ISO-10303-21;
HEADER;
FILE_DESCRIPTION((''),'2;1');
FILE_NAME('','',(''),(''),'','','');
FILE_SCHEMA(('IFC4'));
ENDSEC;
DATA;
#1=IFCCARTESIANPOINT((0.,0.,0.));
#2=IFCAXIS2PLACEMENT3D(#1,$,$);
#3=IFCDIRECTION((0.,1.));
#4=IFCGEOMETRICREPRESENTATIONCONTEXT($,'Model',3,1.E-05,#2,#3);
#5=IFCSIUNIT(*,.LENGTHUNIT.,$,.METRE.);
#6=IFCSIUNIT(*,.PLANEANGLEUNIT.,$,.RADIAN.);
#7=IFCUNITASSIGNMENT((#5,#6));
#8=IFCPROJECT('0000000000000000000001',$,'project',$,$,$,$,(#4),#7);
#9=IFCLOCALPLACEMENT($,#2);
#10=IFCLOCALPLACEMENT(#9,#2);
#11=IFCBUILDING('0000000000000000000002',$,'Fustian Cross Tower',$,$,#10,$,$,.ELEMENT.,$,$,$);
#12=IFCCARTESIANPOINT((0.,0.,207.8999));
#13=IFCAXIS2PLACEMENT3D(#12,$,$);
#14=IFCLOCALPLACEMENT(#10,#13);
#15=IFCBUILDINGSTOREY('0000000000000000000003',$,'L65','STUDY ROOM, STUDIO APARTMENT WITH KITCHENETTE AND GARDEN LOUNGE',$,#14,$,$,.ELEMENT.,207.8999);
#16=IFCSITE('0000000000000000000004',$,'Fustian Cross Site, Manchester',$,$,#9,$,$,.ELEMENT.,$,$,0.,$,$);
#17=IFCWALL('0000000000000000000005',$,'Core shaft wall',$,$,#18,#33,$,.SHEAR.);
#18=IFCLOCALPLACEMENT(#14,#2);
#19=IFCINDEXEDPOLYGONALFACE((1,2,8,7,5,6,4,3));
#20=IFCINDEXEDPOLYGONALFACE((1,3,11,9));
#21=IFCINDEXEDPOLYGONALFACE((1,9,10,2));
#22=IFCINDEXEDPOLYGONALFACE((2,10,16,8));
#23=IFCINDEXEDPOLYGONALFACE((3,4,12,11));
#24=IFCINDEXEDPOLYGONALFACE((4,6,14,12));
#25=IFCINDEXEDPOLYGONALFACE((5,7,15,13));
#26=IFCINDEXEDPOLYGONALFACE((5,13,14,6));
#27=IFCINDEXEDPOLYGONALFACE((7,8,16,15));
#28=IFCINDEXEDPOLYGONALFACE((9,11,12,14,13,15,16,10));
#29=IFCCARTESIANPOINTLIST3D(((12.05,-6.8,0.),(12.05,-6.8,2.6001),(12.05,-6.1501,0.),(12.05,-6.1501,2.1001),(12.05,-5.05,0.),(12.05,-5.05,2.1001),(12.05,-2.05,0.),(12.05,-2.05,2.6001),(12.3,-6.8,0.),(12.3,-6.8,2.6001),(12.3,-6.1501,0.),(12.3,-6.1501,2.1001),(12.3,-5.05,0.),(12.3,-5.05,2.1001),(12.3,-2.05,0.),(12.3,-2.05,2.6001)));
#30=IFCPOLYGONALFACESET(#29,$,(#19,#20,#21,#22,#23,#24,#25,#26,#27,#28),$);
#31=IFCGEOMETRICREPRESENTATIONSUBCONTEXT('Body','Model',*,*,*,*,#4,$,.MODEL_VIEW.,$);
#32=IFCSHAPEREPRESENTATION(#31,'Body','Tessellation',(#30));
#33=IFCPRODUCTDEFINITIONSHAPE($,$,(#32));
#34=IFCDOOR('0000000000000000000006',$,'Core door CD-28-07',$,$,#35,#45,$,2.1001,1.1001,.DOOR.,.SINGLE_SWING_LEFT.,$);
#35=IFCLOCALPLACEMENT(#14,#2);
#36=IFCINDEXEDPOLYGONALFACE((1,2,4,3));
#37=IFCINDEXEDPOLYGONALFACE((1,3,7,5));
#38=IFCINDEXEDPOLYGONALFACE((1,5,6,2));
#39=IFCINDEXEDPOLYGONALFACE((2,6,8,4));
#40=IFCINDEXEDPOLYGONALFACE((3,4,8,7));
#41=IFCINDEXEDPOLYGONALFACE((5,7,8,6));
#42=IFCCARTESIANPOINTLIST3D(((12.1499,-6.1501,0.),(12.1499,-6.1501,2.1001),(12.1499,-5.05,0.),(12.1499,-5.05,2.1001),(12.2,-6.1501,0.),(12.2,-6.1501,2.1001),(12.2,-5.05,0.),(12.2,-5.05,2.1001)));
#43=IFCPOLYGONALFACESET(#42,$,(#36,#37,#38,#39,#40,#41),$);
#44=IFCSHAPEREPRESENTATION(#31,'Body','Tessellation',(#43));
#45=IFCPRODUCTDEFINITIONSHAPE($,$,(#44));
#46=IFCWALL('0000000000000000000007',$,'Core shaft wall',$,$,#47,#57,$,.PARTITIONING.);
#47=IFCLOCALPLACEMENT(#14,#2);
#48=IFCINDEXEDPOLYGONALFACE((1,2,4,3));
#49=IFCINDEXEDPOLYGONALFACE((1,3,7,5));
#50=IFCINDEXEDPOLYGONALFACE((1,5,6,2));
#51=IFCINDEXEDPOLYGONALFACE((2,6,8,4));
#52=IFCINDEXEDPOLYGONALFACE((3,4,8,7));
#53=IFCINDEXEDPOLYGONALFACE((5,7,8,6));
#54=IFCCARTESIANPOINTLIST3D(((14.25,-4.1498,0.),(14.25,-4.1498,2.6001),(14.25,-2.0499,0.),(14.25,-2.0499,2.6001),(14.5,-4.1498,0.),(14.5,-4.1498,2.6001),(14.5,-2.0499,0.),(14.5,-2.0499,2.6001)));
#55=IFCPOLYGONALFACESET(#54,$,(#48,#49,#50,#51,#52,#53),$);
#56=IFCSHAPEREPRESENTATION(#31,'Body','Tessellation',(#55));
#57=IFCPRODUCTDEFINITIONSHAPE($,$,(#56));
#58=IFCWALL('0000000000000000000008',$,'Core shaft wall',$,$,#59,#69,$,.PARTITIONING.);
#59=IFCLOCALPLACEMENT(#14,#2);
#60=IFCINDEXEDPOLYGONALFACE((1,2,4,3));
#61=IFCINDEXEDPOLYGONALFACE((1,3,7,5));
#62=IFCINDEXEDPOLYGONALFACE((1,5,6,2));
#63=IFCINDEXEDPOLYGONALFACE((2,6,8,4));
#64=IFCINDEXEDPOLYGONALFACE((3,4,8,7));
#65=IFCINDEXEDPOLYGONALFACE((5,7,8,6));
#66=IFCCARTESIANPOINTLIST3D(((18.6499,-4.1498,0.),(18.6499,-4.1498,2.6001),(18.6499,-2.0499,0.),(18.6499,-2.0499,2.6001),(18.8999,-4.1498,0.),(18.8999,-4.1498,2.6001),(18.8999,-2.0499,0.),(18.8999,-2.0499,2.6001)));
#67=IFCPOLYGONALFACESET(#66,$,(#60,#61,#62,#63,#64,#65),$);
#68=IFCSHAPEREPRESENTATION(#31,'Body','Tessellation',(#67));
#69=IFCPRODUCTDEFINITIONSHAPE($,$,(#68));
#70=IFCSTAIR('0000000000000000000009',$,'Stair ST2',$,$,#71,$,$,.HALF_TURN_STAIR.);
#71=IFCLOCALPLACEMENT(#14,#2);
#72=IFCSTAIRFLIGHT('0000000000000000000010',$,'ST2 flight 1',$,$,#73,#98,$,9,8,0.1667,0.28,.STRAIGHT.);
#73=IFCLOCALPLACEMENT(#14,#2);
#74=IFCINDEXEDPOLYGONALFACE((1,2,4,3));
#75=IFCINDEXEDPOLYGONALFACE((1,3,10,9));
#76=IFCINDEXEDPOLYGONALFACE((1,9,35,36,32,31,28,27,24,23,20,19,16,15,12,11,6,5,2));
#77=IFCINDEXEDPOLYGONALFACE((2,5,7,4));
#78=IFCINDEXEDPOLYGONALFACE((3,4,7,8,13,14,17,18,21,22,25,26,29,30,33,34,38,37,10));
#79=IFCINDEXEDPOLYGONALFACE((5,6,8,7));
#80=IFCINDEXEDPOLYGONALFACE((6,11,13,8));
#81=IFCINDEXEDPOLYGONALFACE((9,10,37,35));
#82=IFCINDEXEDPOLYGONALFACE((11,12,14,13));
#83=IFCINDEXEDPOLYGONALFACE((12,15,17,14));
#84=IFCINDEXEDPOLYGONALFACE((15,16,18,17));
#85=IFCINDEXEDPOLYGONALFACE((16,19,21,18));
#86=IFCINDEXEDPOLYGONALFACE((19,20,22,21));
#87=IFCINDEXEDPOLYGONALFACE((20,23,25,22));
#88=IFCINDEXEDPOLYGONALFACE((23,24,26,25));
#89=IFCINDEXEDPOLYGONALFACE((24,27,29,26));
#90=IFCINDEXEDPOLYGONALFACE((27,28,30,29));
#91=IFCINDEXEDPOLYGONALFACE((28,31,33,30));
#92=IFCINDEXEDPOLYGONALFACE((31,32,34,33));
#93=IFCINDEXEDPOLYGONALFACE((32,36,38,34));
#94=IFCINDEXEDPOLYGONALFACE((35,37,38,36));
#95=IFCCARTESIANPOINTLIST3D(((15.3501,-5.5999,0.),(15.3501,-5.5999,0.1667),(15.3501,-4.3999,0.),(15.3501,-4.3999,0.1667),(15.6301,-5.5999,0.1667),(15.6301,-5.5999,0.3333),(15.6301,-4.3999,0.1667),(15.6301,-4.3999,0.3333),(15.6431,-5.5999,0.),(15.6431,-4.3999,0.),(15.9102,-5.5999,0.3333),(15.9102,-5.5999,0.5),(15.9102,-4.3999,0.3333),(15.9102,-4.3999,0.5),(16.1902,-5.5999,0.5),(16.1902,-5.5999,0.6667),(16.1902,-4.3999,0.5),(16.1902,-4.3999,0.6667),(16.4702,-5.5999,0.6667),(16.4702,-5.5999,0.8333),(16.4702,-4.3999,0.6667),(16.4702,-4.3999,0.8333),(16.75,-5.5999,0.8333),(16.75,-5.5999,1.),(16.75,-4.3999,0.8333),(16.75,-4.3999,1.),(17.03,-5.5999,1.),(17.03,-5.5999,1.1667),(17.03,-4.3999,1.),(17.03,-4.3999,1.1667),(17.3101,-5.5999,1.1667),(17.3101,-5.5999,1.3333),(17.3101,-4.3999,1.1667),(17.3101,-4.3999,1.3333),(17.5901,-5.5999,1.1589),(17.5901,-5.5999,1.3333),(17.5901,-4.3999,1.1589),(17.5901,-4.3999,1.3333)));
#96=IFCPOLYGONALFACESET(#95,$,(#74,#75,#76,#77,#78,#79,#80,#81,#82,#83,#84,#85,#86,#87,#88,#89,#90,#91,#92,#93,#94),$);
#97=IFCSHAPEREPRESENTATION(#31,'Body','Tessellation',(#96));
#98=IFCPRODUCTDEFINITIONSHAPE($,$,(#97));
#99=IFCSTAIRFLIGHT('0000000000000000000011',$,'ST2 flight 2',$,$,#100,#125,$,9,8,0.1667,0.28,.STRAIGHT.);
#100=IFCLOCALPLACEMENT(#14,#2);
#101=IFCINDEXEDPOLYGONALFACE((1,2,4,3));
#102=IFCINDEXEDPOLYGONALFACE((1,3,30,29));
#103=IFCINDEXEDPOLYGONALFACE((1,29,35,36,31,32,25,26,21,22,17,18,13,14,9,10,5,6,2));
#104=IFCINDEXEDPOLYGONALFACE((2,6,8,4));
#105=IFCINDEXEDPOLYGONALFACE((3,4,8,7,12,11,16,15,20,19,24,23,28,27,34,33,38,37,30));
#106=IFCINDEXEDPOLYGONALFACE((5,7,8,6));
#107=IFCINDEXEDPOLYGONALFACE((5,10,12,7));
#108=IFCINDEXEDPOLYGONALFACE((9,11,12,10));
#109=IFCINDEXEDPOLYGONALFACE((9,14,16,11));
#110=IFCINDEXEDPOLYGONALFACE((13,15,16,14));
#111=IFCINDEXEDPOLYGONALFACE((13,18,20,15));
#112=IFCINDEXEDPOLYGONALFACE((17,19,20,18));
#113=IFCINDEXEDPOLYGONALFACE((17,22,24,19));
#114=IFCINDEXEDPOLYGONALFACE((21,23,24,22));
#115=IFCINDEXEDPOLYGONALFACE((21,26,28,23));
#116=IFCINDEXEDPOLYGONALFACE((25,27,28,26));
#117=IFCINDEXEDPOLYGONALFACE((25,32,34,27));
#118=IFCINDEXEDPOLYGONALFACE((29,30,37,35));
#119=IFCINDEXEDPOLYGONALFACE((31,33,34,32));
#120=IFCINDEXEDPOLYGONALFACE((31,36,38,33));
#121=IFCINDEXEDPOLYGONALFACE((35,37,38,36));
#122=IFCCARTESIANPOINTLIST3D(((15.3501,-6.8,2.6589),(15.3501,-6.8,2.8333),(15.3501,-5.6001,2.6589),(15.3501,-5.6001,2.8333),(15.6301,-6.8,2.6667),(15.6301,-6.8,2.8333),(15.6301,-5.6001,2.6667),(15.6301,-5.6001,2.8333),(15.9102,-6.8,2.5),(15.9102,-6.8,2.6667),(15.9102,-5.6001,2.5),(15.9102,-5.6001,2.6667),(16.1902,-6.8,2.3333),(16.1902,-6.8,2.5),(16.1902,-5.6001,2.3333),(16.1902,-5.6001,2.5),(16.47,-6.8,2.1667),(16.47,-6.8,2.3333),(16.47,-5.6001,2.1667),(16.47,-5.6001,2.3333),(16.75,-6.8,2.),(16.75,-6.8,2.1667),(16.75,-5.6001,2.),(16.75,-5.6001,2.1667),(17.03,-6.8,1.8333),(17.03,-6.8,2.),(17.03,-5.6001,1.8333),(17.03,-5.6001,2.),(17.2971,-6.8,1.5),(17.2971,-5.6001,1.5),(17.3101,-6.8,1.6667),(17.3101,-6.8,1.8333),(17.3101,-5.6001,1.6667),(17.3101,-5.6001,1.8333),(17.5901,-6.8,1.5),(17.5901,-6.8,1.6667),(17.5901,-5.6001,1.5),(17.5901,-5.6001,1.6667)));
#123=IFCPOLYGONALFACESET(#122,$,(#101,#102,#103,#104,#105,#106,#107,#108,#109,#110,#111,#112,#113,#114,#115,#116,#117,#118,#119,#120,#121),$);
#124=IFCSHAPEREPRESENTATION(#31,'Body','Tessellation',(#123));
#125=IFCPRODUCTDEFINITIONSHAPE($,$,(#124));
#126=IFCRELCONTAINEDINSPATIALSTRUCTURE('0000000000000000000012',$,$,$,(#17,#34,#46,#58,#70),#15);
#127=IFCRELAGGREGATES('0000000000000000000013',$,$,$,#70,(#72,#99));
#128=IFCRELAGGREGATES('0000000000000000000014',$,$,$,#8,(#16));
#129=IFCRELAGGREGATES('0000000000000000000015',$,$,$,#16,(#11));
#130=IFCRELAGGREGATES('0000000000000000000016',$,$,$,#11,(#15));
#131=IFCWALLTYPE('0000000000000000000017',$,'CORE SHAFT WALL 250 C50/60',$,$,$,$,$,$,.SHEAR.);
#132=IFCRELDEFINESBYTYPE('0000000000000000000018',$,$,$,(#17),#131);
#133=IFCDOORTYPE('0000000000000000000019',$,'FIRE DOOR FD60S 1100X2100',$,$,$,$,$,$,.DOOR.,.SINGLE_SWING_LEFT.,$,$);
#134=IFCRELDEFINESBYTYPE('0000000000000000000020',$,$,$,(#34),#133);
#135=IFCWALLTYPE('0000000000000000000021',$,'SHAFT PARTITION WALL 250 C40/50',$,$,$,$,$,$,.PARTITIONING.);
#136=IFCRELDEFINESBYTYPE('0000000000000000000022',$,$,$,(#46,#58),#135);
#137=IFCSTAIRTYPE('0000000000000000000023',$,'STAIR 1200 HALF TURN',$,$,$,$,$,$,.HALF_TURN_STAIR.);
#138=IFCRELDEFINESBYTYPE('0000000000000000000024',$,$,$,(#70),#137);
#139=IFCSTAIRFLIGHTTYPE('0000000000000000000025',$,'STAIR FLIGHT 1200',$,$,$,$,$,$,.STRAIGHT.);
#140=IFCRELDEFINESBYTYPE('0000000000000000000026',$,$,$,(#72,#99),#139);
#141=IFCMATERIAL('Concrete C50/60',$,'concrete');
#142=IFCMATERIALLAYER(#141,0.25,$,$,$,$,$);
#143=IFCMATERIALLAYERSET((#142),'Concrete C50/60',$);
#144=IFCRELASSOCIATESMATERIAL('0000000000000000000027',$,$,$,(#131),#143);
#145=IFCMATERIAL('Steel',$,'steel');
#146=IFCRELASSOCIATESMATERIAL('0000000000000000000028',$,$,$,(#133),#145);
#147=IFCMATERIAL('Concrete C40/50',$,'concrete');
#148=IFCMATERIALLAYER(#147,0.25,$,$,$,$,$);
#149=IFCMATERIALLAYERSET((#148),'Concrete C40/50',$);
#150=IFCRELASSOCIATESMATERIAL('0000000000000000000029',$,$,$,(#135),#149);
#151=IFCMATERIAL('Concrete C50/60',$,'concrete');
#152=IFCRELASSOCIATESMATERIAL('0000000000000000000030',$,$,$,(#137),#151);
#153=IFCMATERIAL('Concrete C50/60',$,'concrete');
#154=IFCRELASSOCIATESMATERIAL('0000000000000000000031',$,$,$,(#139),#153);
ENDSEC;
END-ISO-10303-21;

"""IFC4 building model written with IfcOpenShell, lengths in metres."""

from ifc_helpers import new_model, si_unit, direction, frame, frame_2d, origin, place, context, subcontext, project, spatial, polyline, rectangle, outline, extrude, material, layer, layer_set, type_object, element, fill, aggregate, save


model = new_model("IFC4")

# Units and contexts
model_context = context("Model", 3, precision=1e-05, world=origin(), true_north=direction((0.0, 1.0)))
body_context = subcontext(model_context, "Body", "Model", "MODEL_VIEW")
ifc_project = project(units=[si_unit("LENGTHUNIT", "METRE"), si_unit("PLANEANGLEUNIT", "RADIAN")], contexts=[model_context])

# Site, building, storey
site_placement = place(None, origin())
site = spatial("IfcSite", under=ifc_project, at=site_placement, Name="Fustian Cross Site, Manchester", CompositionType="ELEMENT", RefElevation=0.0)
building_placement = place(site_placement, origin())
building = spatial("IfcBuilding", under=site, at=building_placement, Name="Fustian Cross Tower", CompositionType="ELEMENT")
storey_placement = place(building_placement, frame((0.0, 0.0, 207.8999)))
storey = spatial("IfcBuildingStorey", under=building, at=storey_placement, Name="L65", Description="STUDY ROOM, STUDIO APARTMENT WITH KITCHENETTE AND GARDEN LOUNGE", CompositionType="ELEMENT", Elevation=207.8999)

# Shared definitions
ifc_material_1 = material(Name="Concrete C50/60", Category="concrete")
ifc_layer_1 = layer(ifc_material_1, 0.25)
ifc_layer_set_1 = layer_set([ifc_layer_1], Name="Concrete C50/60")
wall_type_1 = type_object("IfcWallType", Name="CORE SHAFT WALL 250 C50/60", PredefinedType="SHEAR", material=ifc_layer_set_1)

# Wall, opening, door
wall_1_placement = place(storey_placement, frame((12.175, -2.05, 0.0), z_axis=(0.0, 0.0, 1.0), x_axis=(0.0, -1.0, 0.0)))
wall_1 = element("IfcWall", 1, at=wall_1_placement, inside=storey, type_object=wall_type_1, Name="Core shaft wall", PredefinedType="SHEAR", context=body_context, shape_type="SweptSolid", body=[
    extrude(rectangle(XDim=4.75, YDim=0.25, at=frame_2d((2.375, 0.0))), origin(), (0.0, 0.0, 1.0), 2.6001),
])
opening_1_placement = place(wall_1_placement, frame((3.0, 0.0, 0.0)))
opening_1 = element("IfcOpeningElement", 2, at=opening_1_placement, cuts=wall_1, PredefinedType="OPENING", context=body_context, shape_type="SweptSolid", body=[
    extrude(rectangle(XDim=1.1001, YDim=2.1001, at=frame_2d((0.55, 1.05))), frame((0.0, 0.135, 0.0), z_axis=(0.0, -1.0, 0.0), x_axis=(1.0, 0.0, 0.0)), (0.0, 0.0, 1.0), 0.27),
])
ifc_material_2 = material(Name="Steel", Category="steel")
door_type_1 = type_object("IfcDoorType", Name="FIRE DOOR FD60S 1100X2100", OperationType="SINGLE_SWING_LEFT", PredefinedType="DOOR", material=ifc_material_2)
door_1_placement = place(opening_1_placement, origin())
door_1 = element("IfcDoor", 3, at=door_1_placement, inside=storey, type_object=door_type_1, Name="Core door CD-28-07", OperationType="SINGLE_SWING_LEFT", OverallHeight=2.1001, OverallWidth=1.1001, PredefinedType="DOOR", context=body_context, shape_type="SweptSolid", body=[
    extrude(rectangle(XDim=1.1001, YDim=2.1001, at=frame_2d((0.55, 1.05))), frame((0.0, 0.0249, 0.0), z_axis=(0.0, -1.0, 0.0), x_axis=(1.0, 0.0, 0.0)), (0.0, 0.0, 1.0), 0.05),
])
fill(opening_1, door_1)

# Walls
ifc_material_3 = material(Name="Concrete C40/50", Category="concrete")
ifc_layer_2 = layer(ifc_material_3, 0.25)
ifc_layer_set_2 = layer_set([ifc_layer_2], Name="Concrete C40/50")
wall_type_2 = type_object("IfcWallType", Name="SHAFT PARTITION WALL 250 C40/50", PredefinedType="PARTITIONING", material=ifc_layer_set_2)
for number, where, z_axis, x_axis, name in (
    (4, (14.375, -2.05, 0.0), (0.0, 0.0, 1.0), (0.0, -1.0, 0.0), "Core shaft wall"),
    (5, (18.7749, -2.05, 0.0), (0.0, 0.0, 1.0), (0.0, -1.0, 0.0), "Core shaft wall"),
):
    element("IfcWall", number, at=place(storey_placement, frame(where, z_axis=z_axis, x_axis=x_axis)), inside=storey, type_object=wall_type_2, Name=name, PredefinedType="PARTITIONING", context=body_context, shape_type="SweptSolid", body=[
        extrude(rectangle(XDim=2.0999, YDim=0.25, at=frame_2d((1.0498, 0.0))), origin(), (0.0, 0.0, 1.0), 2.6001),
    ])

# Stair, stair flights
ifc_material_4 = material(Name="Concrete C50/60", Category="concrete")
stair_type = type_object("IfcStairType", Name="STAIR 1200 HALF TURN", PredefinedType="HALF_TURN_STAIR", material=ifc_material_4)
stair_placement = place(storey_placement, origin())
stair = element("IfcStair", 6, at=stair_placement, inside=storey, type_object=stair_type, Name="Stair ST2", PredefinedType="HALF_TURN_STAIR")
ifc_material_5 = material(Name="Concrete C50/60", Category="concrete")
stair_flight_type = type_object("IfcStairFlightType", Name="STAIR FLIGHT 1200", PredefinedType="STRAIGHT", material=ifc_material_5)
stair_flight_1_placement = place(storey_placement, frame((15.3501, -5.0, 0.0), z_axis=(0.0, 0.0, 1.0), x_axis=(1.0, 0.0, 0.0)))
stair_flight_1 = element("IfcStairFlight", 7, at=stair_flight_1_placement, type_object=stair_flight_type, Name="ST2 flight 1", NumberOfRisers=9, NumberOfTreads=8, PredefinedType="STRAIGHT", RiserHeight=0.1667, TreadLength=0.28, context=body_context, shape_type="SweptSolid", body=[
    extrude(outline(polyline([(0.0, 0.0), (0.0, 0.1667), (0.28, 0.1667), (0.28, 0.3333), (0.5601, 0.3333), (0.5601, 0.5), (0.8401, 0.5), (0.8401, 0.6667), (1.1201, 0.6667), (1.1201, 0.8333), (1.3999, 0.8333), (1.3999, 1.0), (1.6799, 1.0), (1.6799, 1.1667), (1.96, 1.1667), (1.96, 1.3333), (2.24, 1.3333), (2.24, 1.5), (2.24, 1.1589), (0.293, 0.0), (0.0, 0.0)])), frame((0.0, 0.6001, 0.0), z_axis=(0.0, -1.0, 0.0), x_axis=(1.0, 0.0, 0.0)), (0.0, 0.0, 1.0), 1.2),
])
stair_flight_2_placement = place(storey_placement, frame((17.5901, -6.2, 1.5), z_axis=(0.0, 0.0, 1.0), x_axis=(-1.0, 0.0, 0.0)))
stair_flight_2 = element("IfcStairFlight", 8, at=stair_flight_2_placement, type_object=stair_flight_type, Name="ST2 flight 2", NumberOfRisers=9, NumberOfTreads=8, PredefinedType="STRAIGHT", RiserHeight=0.1667, TreadLength=0.28, context=body_context, shape_type="SweptSolid", body=[
    extrude(outline(polyline([(0.0, 0.0), (0.0, 0.1667), (0.28, 0.1667), (0.28, 0.3333), (0.5601, 0.3333), (0.5601, 0.5), (0.8401, 0.5), (0.8401, 0.6667), (1.1201, 0.6667), (1.1201, 0.8333), (1.3999, 0.8333), (1.3999, 1.0), (1.6799, 1.0), (1.6799, 1.1667), (1.96, 1.1667), (1.96, 1.3333), (2.24, 1.3333), (2.24, 1.5), (2.24, 1.1589), (0.293, 0.0), (0.0, 0.0)])), frame((0.0, 0.6001, 0.0), z_axis=(0.0, -1.0, 0.0), x_axis=(1.0, 0.0, 0.0)), (0.0, 0.0, 1.0), 1.2),
])
aggregate(stair, [stair_flight_1, stair_flight_2])

save(model, "model.ifc")
